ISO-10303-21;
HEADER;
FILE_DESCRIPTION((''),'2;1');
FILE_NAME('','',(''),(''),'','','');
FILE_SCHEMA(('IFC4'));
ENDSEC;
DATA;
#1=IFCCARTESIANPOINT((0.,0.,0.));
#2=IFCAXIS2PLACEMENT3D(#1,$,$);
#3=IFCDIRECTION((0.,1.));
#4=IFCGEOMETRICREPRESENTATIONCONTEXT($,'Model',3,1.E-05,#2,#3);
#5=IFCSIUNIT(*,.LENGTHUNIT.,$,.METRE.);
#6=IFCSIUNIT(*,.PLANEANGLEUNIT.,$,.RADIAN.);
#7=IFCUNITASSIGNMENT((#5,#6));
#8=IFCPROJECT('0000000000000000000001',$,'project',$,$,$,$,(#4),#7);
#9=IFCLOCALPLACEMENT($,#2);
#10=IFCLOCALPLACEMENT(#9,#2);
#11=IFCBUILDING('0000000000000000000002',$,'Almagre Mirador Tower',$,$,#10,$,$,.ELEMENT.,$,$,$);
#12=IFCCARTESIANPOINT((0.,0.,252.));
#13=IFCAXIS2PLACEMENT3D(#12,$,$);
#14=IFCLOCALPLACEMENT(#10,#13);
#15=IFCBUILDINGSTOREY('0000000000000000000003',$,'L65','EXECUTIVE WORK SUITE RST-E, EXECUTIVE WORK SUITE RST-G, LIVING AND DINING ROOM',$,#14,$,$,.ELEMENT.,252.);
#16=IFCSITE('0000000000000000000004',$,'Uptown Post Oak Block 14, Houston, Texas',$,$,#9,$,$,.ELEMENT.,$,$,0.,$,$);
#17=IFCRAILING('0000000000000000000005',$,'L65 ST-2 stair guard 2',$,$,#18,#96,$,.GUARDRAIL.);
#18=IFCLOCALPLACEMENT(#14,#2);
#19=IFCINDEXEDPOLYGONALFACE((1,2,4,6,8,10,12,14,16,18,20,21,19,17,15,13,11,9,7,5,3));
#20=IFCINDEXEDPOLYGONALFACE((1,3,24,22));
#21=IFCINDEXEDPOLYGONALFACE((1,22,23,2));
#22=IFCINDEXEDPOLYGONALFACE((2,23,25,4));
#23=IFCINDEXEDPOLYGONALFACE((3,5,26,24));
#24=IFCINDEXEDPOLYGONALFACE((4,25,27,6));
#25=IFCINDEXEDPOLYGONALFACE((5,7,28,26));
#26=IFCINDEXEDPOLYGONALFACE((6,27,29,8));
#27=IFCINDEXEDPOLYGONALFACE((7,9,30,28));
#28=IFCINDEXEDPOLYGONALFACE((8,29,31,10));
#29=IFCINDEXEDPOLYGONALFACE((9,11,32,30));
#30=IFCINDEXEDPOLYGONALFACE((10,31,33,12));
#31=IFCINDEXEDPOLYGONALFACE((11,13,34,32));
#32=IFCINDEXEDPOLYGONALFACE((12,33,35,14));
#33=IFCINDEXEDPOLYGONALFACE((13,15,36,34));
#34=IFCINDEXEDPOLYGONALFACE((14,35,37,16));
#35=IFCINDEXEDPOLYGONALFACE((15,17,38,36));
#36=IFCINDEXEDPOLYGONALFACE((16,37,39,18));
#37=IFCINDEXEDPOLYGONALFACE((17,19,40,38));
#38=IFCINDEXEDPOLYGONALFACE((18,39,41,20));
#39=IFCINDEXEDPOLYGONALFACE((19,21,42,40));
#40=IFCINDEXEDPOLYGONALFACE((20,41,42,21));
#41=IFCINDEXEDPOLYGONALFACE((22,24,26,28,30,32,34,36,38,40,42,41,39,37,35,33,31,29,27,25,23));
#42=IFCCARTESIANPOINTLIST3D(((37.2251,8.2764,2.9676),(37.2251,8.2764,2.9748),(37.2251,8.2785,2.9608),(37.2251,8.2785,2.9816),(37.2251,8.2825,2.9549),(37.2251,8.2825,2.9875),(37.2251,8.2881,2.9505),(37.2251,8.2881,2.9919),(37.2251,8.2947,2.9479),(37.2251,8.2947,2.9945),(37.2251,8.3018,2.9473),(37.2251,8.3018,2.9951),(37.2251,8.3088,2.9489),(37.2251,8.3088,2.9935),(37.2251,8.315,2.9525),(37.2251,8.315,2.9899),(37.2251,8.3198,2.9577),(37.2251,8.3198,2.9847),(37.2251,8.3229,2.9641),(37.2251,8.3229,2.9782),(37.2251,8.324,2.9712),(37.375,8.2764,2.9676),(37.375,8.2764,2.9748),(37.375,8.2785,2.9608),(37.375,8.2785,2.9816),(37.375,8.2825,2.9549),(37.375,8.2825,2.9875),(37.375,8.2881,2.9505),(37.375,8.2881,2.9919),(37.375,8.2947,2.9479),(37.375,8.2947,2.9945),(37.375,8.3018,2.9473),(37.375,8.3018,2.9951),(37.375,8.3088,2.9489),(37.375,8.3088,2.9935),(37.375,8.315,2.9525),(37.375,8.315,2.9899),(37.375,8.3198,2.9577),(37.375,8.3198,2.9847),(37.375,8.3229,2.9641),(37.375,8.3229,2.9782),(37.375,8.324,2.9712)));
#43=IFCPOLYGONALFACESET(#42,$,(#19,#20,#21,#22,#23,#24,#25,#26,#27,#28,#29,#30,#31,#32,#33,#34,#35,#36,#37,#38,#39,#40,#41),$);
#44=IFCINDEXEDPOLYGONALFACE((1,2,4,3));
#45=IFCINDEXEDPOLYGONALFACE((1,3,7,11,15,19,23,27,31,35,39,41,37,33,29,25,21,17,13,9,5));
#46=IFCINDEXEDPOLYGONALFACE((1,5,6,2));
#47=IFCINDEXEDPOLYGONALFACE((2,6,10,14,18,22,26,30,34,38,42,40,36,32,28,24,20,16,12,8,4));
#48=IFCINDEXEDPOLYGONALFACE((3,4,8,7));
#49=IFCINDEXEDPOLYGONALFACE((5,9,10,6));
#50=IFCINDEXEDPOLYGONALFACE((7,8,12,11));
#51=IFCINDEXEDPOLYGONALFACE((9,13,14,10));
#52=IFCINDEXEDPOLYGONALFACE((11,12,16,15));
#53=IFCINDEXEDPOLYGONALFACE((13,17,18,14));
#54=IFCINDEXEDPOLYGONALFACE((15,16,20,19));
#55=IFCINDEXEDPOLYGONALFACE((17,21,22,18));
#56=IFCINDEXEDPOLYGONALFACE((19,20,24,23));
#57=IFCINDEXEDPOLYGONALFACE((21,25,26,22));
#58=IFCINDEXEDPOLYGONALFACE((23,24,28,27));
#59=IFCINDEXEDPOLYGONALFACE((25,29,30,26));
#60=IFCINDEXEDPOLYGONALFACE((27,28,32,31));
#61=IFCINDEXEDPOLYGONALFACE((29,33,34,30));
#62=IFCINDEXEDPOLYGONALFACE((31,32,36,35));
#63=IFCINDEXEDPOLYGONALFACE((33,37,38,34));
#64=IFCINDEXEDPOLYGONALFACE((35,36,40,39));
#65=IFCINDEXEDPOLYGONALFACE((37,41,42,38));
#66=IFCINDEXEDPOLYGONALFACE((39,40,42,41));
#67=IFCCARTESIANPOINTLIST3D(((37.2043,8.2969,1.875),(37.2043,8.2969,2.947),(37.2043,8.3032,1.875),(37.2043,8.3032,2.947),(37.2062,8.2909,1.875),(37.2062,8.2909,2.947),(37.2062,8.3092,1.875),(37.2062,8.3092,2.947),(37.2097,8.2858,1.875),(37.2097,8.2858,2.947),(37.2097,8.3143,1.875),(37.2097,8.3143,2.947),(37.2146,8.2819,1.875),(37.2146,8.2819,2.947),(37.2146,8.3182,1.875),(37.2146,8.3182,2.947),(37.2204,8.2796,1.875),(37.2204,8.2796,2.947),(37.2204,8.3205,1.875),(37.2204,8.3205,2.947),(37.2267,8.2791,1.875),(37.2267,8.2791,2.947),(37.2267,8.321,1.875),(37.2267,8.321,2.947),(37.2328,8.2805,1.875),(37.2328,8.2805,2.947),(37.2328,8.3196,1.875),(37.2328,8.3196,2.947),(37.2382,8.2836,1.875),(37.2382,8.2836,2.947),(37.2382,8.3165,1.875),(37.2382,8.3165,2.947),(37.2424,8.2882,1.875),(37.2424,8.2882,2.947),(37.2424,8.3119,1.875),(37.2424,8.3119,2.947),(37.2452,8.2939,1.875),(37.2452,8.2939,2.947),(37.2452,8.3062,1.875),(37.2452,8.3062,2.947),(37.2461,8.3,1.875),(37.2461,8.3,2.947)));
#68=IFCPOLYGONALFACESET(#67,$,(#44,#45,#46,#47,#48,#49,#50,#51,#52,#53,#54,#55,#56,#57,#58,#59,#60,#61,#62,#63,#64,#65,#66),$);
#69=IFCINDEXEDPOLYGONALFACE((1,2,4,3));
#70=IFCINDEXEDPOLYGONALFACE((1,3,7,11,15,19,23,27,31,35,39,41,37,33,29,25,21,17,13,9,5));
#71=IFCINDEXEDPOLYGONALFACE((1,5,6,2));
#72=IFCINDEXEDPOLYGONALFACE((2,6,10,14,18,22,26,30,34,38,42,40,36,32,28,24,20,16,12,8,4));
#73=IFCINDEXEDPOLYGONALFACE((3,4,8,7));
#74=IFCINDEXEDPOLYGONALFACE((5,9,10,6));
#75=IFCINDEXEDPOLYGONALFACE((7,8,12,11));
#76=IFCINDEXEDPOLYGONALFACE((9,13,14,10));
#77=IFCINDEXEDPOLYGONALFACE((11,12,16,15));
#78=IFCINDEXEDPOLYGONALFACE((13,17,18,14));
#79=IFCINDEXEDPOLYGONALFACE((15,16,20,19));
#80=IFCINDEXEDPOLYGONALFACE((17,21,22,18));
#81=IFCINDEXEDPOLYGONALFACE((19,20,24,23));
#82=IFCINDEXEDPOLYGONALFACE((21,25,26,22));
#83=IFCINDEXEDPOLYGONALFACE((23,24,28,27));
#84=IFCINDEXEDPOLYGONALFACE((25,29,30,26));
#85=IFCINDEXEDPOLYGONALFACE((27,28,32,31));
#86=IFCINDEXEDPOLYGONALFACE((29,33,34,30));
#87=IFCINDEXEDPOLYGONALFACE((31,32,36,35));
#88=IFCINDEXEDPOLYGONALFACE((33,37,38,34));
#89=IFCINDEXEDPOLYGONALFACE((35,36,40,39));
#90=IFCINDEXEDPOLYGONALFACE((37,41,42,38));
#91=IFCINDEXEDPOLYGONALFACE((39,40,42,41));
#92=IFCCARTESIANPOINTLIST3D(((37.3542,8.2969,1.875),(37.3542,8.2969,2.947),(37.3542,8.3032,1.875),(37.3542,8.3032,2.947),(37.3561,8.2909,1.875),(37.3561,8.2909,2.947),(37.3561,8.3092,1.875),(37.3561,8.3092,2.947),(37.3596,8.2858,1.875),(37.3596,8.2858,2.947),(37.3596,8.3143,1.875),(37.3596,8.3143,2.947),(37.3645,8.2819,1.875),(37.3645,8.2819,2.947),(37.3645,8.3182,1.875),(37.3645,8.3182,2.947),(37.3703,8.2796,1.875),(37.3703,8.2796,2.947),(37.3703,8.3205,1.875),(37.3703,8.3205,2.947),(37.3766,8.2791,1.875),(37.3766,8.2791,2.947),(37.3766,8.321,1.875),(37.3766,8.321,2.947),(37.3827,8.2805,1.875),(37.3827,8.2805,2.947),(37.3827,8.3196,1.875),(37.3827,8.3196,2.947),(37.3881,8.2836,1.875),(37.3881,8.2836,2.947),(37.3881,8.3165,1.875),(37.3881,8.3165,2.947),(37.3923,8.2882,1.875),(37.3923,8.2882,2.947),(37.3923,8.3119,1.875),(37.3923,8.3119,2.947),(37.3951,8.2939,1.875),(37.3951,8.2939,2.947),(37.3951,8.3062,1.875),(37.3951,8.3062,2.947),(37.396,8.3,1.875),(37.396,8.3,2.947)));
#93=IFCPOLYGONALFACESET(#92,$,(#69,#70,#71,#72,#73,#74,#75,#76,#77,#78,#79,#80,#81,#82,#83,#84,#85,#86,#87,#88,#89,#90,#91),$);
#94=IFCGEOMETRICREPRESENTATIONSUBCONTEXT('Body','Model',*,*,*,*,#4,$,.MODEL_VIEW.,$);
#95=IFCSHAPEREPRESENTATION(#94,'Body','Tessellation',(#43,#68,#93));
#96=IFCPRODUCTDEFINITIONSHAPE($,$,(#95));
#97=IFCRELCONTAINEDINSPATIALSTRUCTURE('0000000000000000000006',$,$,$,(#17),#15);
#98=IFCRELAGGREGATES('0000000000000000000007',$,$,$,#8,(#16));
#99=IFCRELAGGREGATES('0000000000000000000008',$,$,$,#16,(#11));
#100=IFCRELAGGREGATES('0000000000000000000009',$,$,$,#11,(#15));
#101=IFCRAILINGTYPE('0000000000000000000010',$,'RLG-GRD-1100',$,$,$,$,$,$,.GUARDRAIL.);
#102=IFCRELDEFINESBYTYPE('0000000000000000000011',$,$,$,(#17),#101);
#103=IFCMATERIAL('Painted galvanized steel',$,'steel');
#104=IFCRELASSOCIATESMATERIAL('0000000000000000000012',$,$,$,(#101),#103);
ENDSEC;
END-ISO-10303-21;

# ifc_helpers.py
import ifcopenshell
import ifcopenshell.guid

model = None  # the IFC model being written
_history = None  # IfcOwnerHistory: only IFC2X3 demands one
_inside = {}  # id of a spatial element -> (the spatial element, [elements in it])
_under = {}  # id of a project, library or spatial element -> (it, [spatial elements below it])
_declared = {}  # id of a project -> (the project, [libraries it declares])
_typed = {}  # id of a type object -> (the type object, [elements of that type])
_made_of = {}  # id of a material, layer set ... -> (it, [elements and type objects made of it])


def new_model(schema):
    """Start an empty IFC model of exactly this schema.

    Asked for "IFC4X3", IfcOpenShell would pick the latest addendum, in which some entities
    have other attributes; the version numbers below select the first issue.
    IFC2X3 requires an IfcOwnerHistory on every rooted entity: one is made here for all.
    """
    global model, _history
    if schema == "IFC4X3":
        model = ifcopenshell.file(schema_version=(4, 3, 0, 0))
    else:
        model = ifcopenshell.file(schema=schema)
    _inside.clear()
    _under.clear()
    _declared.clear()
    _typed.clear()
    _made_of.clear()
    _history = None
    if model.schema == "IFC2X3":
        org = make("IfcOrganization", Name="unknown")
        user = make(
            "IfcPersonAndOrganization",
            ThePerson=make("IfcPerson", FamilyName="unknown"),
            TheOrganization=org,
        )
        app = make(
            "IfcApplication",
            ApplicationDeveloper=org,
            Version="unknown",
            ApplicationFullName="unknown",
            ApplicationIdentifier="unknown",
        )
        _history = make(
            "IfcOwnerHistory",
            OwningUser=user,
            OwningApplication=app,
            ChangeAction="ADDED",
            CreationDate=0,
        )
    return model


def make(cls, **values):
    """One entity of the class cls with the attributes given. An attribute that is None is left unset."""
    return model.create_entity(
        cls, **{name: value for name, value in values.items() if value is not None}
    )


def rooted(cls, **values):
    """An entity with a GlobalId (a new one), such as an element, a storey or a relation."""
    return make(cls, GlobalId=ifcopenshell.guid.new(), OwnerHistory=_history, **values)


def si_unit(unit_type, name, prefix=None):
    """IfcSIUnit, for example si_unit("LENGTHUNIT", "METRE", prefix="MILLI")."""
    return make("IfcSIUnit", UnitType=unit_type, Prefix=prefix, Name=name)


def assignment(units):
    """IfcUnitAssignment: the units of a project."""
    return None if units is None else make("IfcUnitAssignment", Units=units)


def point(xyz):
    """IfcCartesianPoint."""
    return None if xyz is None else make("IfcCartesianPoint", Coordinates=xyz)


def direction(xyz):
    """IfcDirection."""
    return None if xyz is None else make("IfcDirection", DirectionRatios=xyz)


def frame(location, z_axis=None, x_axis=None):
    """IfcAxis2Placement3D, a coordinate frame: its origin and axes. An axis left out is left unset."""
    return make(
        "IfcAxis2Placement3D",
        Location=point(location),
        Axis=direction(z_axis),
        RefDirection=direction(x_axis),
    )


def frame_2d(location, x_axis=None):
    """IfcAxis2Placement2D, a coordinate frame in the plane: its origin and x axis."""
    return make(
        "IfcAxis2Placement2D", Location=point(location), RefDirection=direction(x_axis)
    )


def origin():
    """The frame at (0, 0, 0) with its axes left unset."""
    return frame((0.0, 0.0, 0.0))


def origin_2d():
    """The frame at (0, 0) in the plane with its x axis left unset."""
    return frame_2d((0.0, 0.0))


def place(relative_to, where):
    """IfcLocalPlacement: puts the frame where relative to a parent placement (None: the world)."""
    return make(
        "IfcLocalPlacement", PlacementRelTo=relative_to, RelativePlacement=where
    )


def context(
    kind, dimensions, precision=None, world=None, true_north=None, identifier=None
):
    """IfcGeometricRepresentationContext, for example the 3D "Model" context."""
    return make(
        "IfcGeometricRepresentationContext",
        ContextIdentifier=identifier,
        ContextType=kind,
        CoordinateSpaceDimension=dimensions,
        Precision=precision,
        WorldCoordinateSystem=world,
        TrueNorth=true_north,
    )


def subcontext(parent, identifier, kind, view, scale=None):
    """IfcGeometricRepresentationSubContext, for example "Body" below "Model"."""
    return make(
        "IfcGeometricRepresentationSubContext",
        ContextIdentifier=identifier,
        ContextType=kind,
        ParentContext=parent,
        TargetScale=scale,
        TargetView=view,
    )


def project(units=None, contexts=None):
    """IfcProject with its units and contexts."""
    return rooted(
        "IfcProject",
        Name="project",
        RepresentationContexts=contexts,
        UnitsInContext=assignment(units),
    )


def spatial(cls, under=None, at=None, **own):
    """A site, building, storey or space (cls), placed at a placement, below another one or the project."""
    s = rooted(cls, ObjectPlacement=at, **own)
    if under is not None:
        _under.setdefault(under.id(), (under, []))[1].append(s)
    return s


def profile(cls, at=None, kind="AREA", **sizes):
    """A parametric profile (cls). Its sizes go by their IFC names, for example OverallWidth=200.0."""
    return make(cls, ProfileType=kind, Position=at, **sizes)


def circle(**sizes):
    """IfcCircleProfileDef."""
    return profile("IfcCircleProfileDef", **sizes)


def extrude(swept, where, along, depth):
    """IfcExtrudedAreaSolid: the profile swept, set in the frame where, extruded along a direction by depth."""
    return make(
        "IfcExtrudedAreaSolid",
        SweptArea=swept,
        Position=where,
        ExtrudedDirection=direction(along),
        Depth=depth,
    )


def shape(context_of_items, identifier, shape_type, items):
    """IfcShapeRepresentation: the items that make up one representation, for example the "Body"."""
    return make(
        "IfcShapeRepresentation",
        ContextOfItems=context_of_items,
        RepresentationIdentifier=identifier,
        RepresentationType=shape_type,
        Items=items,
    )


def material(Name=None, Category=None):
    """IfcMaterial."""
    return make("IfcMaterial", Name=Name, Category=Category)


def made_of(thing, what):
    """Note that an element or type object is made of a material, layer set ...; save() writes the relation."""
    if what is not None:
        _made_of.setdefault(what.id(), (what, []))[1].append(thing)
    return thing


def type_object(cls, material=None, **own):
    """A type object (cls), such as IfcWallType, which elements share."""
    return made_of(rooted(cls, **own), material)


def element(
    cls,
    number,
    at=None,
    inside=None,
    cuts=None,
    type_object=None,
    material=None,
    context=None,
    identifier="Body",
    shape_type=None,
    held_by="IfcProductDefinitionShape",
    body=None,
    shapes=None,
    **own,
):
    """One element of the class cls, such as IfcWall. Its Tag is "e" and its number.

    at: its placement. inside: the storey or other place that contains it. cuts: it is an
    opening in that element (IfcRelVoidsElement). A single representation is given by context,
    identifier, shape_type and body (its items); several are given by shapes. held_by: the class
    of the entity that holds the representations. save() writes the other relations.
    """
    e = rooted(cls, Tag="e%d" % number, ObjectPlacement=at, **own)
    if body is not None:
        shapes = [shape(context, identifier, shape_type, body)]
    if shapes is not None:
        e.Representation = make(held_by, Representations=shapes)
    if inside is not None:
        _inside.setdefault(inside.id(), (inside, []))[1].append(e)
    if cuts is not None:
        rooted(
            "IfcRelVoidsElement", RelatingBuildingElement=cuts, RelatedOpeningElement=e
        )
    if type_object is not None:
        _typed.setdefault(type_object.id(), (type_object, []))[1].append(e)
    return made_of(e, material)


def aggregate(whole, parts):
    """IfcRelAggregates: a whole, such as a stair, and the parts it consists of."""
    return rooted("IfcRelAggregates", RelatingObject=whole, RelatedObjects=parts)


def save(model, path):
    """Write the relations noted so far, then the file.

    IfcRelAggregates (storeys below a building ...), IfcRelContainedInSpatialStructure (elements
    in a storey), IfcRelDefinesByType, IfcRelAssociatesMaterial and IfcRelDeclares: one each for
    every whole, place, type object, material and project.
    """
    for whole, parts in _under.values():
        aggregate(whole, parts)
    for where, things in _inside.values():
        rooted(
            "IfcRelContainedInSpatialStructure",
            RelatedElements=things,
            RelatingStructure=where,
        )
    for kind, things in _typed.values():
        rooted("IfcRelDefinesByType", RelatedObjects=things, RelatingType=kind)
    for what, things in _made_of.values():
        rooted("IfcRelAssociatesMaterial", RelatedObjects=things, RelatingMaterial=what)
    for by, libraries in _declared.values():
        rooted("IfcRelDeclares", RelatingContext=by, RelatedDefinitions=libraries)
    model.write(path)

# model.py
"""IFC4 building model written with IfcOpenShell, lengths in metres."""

from ifc_helpers import new_model, si_unit, direction, frame, origin, origin_2d, place, context, subcontext, project, spatial, circle, extrude, material, type_object, element, save


model = new_model("IFC4")

# Units and contexts
model_context = context("Model", 3, precision=1e-05, world=origin(), true_north=direction((0.0, 1.0)))
body_context = subcontext(model_context, "Body", "Model", "MODEL_VIEW")
ifc_project = project(units=[si_unit("LENGTHUNIT", "METRE"), si_unit("PLANEANGLEUNIT", "RADIAN")], contexts=[model_context])

# Site, building, storey
site_placement = place(None, origin())
site = spatial("IfcSite", under=ifc_project, at=site_placement, Name="Uptown Post Oak Block 14, Houston, Texas", CompositionType="ELEMENT", RefElevation=0.0)
building_placement = place(site_placement, origin())
building = spatial("IfcBuilding", under=site, at=building_placement, Name="Almagre Mirador Tower", CompositionType="ELEMENT")
storey_placement = place(building_placement, frame((0.0, 0.0, 252.0)))
storey = spatial("IfcBuildingStorey", under=building, at=storey_placement, Name="L65", Description="EXECUTIVE WORK SUITE RST-E, EXECUTIVE WORK SUITE RST-G, LIVING AND DINING ROOM", CompositionType="ELEMENT", Elevation=252.0)

# Railing
ifc_material_1 = material(Name="Painted galvanized steel", Category="steel")
railing_type_1 = type_object("IfcRailingType", Name="RLG-GRD-1100", PredefinedType="GUARDRAIL", material=ifc_material_1)
railing_1_placement = place(storey_placement, frame((37.2251, 8.3, 1.875)))
element("IfcRailing", 1, at=railing_1_placement, inside=storey, type_object=railing_type_1, Name="L65 ST-2 stair guard 2", PredefinedType="GUARDRAIL", context=body_context, shape_type="SweptSolid", body=[
    extrude(circle(Radius=0.0239, at=origin_2d()), frame((0.0, 0.0, 1.0962), z_axis=(1.0, 0.0, 0.0), x_axis=(0.0, 1.0, 0.0)), (0.0, 0.0, 1.0), 0.1499),
    extrude(circle(Radius=0.021, at=origin_2d()), origin(), (0.0, 0.0, 1.0), 1.072),
    extrude(circle(Radius=0.021, at=origin_2d()), frame((0.1499, 0.0, 0.0)), (0.0, 0.0, 1.0), 1.072),
])

save(model, "model.ifc")
